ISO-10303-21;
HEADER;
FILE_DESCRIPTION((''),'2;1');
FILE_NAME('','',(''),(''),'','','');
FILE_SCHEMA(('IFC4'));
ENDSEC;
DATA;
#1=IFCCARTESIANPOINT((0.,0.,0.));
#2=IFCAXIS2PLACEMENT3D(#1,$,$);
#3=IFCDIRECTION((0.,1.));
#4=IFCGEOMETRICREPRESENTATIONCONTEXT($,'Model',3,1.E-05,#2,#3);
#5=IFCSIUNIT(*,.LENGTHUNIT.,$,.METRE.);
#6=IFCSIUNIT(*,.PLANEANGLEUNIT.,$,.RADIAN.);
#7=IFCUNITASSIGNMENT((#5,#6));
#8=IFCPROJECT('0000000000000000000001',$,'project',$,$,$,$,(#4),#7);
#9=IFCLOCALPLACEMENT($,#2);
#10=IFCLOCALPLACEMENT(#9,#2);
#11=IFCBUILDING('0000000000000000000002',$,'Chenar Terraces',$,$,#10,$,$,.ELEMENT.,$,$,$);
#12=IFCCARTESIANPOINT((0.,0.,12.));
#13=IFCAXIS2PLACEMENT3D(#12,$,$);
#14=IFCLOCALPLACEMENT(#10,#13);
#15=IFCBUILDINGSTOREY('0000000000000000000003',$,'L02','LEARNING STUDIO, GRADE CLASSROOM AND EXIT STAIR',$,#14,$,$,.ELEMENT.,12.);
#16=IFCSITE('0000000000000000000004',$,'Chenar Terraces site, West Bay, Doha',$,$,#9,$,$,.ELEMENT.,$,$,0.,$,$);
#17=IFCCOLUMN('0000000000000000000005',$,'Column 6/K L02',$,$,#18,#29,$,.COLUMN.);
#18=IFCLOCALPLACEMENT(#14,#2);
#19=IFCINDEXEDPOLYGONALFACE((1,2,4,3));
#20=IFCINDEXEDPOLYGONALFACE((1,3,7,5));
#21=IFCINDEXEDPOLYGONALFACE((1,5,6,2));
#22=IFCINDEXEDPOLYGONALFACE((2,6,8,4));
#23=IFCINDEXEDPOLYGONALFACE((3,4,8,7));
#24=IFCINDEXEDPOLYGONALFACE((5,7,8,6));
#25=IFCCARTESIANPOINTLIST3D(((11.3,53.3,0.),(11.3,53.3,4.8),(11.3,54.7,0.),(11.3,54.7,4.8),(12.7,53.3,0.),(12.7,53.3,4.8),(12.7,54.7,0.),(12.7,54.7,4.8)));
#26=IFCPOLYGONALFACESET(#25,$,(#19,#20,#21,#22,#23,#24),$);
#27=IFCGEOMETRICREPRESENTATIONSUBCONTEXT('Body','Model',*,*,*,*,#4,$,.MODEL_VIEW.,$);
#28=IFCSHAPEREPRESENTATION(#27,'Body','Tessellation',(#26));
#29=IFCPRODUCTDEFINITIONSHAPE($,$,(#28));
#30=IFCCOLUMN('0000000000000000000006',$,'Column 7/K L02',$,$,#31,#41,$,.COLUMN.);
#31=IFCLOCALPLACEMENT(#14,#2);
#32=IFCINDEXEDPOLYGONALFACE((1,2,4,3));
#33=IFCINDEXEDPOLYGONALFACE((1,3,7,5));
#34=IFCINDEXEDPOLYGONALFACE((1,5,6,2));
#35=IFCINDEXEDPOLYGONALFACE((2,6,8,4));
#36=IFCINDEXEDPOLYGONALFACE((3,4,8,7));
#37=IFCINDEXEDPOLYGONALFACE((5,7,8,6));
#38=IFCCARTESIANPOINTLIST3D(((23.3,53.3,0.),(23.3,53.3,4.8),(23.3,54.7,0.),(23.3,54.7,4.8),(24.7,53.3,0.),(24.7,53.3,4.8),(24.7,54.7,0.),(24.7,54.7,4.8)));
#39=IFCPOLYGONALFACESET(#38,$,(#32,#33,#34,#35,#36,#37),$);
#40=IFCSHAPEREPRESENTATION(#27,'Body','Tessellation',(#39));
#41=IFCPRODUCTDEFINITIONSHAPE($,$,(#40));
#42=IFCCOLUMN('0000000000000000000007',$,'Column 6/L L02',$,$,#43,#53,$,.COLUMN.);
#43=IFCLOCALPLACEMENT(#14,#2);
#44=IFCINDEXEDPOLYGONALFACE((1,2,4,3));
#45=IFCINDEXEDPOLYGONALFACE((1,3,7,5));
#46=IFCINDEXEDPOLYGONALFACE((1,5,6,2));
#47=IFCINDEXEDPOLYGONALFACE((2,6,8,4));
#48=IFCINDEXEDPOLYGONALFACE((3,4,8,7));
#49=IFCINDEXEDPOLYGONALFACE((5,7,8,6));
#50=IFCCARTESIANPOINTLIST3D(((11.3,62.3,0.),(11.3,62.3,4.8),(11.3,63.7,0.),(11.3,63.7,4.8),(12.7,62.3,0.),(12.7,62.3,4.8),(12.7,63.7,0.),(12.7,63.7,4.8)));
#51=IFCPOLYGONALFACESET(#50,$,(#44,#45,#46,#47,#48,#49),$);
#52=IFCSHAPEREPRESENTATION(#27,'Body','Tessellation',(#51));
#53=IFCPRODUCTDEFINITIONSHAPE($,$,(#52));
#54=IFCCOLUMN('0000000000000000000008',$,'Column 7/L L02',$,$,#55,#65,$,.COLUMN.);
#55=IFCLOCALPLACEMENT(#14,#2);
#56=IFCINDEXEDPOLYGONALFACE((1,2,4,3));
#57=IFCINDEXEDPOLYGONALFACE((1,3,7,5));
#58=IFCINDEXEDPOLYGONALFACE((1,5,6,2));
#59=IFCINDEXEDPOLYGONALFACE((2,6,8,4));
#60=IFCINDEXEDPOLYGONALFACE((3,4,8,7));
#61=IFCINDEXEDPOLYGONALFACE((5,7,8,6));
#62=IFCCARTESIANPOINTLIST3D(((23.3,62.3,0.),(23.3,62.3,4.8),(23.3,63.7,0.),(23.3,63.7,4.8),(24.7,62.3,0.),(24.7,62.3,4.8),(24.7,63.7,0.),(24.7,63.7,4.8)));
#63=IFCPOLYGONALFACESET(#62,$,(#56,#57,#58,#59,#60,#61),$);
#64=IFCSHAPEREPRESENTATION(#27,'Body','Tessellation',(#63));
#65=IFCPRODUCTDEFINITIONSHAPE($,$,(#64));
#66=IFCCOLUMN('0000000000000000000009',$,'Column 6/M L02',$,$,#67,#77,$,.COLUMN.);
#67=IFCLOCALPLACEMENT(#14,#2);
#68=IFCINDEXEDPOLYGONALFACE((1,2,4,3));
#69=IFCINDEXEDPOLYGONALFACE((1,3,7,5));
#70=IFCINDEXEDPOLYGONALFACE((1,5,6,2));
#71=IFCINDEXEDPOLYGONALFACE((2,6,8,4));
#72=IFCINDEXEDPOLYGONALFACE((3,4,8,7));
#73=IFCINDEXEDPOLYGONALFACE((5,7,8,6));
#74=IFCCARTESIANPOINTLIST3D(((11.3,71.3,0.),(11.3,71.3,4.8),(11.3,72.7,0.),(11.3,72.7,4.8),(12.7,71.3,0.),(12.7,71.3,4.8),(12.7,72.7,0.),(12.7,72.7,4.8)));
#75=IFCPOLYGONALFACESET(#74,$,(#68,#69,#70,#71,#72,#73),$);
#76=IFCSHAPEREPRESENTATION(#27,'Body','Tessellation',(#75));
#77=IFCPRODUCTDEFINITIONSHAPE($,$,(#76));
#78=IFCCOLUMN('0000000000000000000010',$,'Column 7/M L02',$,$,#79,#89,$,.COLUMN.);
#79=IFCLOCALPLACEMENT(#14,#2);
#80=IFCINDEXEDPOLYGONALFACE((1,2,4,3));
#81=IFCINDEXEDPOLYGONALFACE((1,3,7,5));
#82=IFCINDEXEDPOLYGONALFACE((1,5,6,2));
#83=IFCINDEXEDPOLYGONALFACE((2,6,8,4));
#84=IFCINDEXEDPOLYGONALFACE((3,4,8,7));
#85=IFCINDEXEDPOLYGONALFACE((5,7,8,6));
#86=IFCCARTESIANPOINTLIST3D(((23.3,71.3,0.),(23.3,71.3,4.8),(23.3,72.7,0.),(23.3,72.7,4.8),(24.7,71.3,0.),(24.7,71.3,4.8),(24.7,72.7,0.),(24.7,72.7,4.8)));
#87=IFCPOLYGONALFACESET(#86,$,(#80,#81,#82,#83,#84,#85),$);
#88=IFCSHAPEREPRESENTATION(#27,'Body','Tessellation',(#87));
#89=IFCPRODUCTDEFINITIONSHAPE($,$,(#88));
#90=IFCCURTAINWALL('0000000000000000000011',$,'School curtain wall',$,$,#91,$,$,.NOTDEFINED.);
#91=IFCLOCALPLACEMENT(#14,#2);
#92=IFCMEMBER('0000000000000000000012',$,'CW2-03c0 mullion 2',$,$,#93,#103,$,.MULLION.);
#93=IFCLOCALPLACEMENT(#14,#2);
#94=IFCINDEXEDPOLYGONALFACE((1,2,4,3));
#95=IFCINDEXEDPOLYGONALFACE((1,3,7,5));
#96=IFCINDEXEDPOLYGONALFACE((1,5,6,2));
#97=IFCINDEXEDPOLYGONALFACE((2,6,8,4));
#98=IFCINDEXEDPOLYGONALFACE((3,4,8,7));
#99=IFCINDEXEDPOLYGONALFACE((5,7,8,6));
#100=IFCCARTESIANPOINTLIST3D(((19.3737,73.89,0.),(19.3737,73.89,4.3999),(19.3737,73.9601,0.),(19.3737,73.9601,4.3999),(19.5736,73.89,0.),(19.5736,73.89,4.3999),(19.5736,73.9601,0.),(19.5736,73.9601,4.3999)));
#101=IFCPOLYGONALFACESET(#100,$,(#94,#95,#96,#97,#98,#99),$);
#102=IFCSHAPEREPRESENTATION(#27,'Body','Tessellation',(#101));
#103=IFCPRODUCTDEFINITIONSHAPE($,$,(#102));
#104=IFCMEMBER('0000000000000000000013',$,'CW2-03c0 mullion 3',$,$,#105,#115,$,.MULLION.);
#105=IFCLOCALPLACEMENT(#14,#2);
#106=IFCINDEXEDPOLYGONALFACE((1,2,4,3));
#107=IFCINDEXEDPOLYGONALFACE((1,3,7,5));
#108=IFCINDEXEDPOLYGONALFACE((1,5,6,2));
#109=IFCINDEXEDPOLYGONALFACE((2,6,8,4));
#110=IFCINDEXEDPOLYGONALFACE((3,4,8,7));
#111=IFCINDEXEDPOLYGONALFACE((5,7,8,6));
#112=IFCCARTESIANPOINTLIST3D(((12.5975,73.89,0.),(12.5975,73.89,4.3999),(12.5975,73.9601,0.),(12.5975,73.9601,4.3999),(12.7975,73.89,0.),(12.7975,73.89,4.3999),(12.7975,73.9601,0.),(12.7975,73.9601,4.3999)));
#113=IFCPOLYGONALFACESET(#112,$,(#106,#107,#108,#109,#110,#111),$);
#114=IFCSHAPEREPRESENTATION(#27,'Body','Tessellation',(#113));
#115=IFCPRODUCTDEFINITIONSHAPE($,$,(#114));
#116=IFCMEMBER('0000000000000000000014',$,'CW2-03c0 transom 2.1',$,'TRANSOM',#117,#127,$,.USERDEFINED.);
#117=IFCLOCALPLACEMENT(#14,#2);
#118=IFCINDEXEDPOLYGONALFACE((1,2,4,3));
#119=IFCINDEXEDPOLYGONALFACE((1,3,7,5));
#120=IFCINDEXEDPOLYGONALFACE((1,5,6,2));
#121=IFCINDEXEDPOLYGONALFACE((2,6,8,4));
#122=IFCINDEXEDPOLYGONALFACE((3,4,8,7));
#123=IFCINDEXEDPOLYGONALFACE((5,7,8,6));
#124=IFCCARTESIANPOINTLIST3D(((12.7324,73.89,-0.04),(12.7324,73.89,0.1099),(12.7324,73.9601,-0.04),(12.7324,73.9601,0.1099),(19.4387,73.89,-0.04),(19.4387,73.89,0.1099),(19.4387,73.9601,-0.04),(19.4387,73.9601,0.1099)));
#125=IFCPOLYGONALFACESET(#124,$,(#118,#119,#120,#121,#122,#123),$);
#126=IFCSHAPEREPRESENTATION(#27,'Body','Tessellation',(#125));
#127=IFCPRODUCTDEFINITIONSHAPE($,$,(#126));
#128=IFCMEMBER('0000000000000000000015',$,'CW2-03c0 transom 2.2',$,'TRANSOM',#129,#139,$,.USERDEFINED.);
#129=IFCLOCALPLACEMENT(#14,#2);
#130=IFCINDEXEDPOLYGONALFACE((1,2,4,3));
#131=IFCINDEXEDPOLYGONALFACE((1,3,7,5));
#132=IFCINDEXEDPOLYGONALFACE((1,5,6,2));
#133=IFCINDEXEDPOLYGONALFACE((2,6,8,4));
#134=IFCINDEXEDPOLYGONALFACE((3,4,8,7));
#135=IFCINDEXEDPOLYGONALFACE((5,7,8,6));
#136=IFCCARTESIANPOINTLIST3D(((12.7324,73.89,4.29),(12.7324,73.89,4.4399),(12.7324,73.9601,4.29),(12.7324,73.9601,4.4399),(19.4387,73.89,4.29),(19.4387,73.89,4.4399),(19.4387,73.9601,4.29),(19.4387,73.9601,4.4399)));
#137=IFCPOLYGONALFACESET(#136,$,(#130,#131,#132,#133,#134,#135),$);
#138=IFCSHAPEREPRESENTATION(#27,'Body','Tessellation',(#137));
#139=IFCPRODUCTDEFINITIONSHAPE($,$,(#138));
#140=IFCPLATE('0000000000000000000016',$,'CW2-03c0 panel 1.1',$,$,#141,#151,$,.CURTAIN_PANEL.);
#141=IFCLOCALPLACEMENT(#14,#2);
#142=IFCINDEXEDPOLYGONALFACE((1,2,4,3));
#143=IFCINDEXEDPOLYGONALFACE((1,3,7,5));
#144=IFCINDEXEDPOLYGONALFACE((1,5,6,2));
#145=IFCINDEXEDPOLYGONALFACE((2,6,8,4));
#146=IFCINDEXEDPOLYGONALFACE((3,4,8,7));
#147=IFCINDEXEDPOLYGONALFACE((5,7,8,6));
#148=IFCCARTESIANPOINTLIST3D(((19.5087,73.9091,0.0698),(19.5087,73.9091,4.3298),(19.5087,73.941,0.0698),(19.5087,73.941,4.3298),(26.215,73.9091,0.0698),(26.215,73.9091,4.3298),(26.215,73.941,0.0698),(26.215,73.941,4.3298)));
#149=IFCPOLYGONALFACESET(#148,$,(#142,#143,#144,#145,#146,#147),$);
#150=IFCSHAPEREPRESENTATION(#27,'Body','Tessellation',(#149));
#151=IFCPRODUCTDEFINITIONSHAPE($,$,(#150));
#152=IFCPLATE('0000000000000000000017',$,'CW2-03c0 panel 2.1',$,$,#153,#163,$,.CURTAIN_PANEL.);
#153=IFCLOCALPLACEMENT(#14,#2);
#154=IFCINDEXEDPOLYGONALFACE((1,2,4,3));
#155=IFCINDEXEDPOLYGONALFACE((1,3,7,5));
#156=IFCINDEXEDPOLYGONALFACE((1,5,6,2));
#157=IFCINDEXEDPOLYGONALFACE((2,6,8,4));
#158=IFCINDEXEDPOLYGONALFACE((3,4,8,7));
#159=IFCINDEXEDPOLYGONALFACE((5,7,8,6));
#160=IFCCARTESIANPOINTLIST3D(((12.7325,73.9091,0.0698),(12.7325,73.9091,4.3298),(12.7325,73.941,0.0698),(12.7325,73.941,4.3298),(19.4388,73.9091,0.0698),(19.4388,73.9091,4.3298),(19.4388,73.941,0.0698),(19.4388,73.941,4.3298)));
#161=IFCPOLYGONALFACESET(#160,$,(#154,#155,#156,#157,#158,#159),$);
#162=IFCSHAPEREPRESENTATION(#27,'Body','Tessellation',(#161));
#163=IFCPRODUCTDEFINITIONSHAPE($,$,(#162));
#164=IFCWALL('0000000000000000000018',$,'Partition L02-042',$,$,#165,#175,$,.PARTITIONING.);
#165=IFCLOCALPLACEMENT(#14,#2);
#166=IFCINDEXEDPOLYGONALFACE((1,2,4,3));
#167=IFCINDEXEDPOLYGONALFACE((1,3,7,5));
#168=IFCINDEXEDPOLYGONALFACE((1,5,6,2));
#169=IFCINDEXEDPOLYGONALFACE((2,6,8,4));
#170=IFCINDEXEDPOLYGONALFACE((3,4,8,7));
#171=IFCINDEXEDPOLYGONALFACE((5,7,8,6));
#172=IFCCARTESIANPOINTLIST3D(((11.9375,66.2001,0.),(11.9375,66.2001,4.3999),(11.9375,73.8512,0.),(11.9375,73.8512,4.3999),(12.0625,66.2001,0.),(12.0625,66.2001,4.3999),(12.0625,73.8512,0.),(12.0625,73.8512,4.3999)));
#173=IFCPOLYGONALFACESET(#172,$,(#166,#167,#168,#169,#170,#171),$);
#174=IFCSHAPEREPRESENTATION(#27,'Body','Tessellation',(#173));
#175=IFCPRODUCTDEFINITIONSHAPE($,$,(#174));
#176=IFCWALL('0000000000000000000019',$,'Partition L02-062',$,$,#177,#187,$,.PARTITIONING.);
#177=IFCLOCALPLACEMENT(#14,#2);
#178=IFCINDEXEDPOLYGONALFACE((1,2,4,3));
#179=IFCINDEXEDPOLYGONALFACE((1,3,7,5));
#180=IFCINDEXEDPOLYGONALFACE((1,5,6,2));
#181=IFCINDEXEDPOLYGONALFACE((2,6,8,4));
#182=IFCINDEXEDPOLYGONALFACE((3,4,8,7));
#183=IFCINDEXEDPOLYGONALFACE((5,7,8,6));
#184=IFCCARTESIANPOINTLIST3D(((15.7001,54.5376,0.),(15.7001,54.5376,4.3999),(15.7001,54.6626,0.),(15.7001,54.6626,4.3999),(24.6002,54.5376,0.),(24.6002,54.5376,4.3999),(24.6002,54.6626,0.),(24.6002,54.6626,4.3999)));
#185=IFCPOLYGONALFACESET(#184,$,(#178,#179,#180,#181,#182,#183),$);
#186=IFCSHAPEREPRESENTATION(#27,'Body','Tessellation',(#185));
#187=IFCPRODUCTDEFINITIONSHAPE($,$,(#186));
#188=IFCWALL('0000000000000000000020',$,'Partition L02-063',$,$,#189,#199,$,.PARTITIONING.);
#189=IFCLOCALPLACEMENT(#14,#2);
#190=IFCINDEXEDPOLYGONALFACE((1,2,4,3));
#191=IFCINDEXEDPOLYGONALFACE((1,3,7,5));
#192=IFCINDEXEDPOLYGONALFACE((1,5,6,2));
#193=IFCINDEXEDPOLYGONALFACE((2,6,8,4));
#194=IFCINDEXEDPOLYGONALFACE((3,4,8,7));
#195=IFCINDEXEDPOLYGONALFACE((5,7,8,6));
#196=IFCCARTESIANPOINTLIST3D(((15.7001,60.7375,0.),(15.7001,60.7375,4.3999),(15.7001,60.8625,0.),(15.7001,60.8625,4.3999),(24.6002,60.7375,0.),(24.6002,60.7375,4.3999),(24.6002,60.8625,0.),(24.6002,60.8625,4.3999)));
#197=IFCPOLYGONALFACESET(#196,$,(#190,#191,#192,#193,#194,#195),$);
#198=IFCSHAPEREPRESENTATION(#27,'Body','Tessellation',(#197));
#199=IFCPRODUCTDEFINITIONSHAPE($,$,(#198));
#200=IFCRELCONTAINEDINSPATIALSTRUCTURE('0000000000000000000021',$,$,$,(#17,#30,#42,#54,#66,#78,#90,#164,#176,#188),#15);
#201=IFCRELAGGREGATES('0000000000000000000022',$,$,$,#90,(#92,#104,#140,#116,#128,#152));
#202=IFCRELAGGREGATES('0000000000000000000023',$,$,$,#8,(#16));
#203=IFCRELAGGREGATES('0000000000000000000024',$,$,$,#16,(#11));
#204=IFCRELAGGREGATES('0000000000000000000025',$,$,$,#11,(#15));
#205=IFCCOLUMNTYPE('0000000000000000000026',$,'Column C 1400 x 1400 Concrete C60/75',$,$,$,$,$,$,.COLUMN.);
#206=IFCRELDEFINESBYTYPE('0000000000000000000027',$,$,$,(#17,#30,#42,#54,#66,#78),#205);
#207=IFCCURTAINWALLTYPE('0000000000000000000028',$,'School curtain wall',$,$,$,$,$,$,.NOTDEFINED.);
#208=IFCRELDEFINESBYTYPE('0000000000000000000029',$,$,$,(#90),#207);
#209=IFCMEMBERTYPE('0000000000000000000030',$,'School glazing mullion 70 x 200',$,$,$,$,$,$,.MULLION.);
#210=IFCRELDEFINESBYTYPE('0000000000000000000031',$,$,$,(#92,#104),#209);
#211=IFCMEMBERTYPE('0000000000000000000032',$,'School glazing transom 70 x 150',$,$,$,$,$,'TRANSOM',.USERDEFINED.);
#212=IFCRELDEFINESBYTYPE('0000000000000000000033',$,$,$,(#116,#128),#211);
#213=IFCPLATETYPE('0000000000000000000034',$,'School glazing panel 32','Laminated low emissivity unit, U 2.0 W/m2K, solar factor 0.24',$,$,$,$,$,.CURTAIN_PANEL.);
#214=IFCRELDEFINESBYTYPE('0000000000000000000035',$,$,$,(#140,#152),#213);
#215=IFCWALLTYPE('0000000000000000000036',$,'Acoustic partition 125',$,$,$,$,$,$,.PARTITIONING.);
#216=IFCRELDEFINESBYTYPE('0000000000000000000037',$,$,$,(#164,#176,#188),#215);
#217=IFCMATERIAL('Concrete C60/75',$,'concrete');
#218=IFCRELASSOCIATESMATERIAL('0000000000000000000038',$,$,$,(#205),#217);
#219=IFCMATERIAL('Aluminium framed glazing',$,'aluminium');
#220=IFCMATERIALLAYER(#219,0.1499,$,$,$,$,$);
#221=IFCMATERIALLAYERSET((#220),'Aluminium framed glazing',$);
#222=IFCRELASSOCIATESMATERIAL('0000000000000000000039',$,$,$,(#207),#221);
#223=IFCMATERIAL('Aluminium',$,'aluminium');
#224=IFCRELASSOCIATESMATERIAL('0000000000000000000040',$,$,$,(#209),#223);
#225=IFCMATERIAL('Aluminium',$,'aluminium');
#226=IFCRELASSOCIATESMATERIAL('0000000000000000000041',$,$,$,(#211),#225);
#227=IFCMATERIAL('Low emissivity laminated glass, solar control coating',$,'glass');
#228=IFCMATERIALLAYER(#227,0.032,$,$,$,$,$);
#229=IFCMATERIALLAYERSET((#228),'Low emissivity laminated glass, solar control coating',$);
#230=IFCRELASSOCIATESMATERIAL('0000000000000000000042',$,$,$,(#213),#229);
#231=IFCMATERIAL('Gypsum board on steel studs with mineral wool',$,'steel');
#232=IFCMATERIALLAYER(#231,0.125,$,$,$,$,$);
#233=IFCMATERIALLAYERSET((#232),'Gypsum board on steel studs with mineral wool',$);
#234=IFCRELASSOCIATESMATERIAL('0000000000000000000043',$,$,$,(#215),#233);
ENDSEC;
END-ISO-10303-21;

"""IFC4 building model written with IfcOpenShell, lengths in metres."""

from ifc_helpers import new_model, si_unit, direction, frame, frame_2d, origin, origin_2d, place, context, subcontext, project, spatial, rectangle, extrude, material, layer, layer_set, material_profile, profile_set, type_object, element, aggregate, save


model = new_model("IFC4")

# Units and contexts
model_context = context("Model", 3, precision=1e-05, world=origin(), true_north=direction((0.0, 1.0)))
body_context = subcontext(model_context, "Body", "Model", "MODEL_VIEW")
ifc_project = project(units=[si_unit("LENGTHUNIT", "METRE"), si_unit("PLANEANGLEUNIT", "RADIAN")], contexts=[model_context])

# Site, building, storey
site_placement = place(None, origin())
site = spatial("IfcSite", under=ifc_project, at=site_placement, Name="Chenar Terraces site, West Bay, Doha", CompositionType="ELEMENT", RefElevation=0.0)
building_placement = place(site_placement, origin())
building = spatial("IfcBuilding", under=site, at=building_placement, Name="Chenar Terraces", CompositionType="ELEMENT")
storey_placement = place(building_placement, frame((0.0, 0.0, 12.0)))
storey = spatial("IfcBuildingStorey", under=building, at=storey_placement, Name="L02", Description="LEARNING STUDIO, GRADE CLASSROOM AND EXIT STAIR", CompositionType="ELEMENT", Elevation=12.0)

# Columns
ifc_material_1 = material(Name="Concrete C60/75", Category="concrete")
ifc_material_profile_1 = material_profile(ifc_material_1, rectangle(XDim=1.3999, YDim=1.3999, at=origin_2d()), Name="C 1400 x 1400")
ifc_profile_set_1 = profile_set([ifc_material_profile_1], Name="Concrete C60/75")
column_type = type_object("IfcColumnType", Name="Column C 1400 x 1400 Concrete C60/75", PredefinedType="COLUMN", material=ifc_profile_set_1)
for number, where, z_axis, x_axis, name in (
    (1, (12.0, 54.0, 0.0), (0.0, 0.0, 1.0), (1.0, 0.0, 0.0), "Column 6/K L02"),
    (2, (24.0, 54.0, 0.0), (0.0, 0.0, 1.0), (1.0, 0.0, 0.0), "Column 7/K L02"),
    (3, (12.0, 63.0, 0.0), (0.0, 0.0, 1.0), (1.0, 0.0, 0.0), "Column 6/L L02"),
    (4, (24.0, 63.0, 0.0), (0.0, 0.0, 1.0), (1.0, 0.0, 0.0), "Column 7/L L02"),
    (5, (12.0, 72.0, 0.0), (0.0, 0.0, 1.0), (1.0, 0.0, 0.0), "Column 6/M L02"),
    (6, (24.0, 72.0, 0.0), (0.0, 0.0, 1.0), (1.0, 0.0, 0.0), "Column 7/M L02"),
):
    element("IfcColumn", number, at=place(storey_placement, frame(where, z_axis=z_axis, x_axis=x_axis)), inside=storey, type_object=column_type, Name=name, PredefinedType="COLUMN", context=body_context, shape_type="SweptSolid", body=[
        extrude(rectangle(XDim=1.3999, YDim=1.3999, at=origin_2d()), origin(), (0.0, 0.0, 1.0), 4.8),
    ])

# Curtain wall, members, plates
ifc_material_2 = material(Name="Aluminium framed glazing", Category="aluminium")
ifc_layer_1 = layer(ifc_material_2, 0.1499)
ifc_layer_set_1 = layer_set([ifc_layer_1], Name="Aluminium framed glazing")
curtain_wall_type = type_object("IfcCurtainWallType", Name="School curtain wall", PredefinedType="NOTDEFINED", material=ifc_layer_set_1)
curtain_wall_placement = place(storey_placement, origin())
curtain_wall = element("IfcCurtainWall", 7, at=curtain_wall_placement, inside=storey, type_object=curtain_wall_type, Name="School curtain wall", PredefinedType="NOTDEFINED")
ifc_material_3 = material(Name="Aluminium", Category="aluminium")
ifc_material_profile_2 = material_profile(ifc_material_3, rectangle(XDim=0.0701, YDim=0.2, at=origin_2d()), Name="School glazing mullion 70 x 200")
ifc_profile_set_2 = profile_set([ifc_material_profile_2], Name="Aluminium")
member_type_1 = type_object("IfcMemberType", Name="School glazing mullion 70 x 200", PredefinedType="MULLION", material=ifc_profile_set_2)
member_1_placement = place(storey_placement, frame((19.4736, 73.925, 0.0), z_axis=(0.0, 0.0, 1.0), x_axis=(0.0, -1.0, 0.0)))
member_1 = element("IfcMember", 8, at=member_1_placement, type_object=member_type_1, Name="CW2-03c0 mullion 2", PredefinedType="MULLION", context=body_context, shape_type="SweptSolid", body=[
    extrude(rectangle(XDim=0.0701, YDim=0.2, at=origin_2d()), origin(), (0.0, 0.0, 1.0), 4.3999),
])
member_2_placement = place(storey_placement, frame((12.6975, 73.925, 0.0), z_axis=(0.0, 0.0, 1.0), x_axis=(0.0, -1.0, 0.0)))
member_2 = element("IfcMember", 9, at=member_2_placement, type_object=member_type_1, Name="CW2-03c0 mullion 3", PredefinedType="MULLION", context=body_context, shape_type="SweptSolid", body=[
    extrude(rectangle(XDim=0.0701, YDim=0.2, at=origin_2d()), origin(), (0.0, 0.0, 1.0), 4.3999),
])
ifc_material_4 = material(Name="Aluminium", Category="aluminium")
ifc_material_profile_3 = material_profile(ifc_material_4, rectangle(XDim=0.0701, YDim=0.1499, at=origin_2d()), Name="School glazing transom 70 x 150")
ifc_profile_set_3 = profile_set([ifc_material_profile_3], Name="Aluminium")
member_type_2 = type_object("IfcMemberType", Name="School glazing transom 70 x 150", ElementType="TRANSOM", PredefinedType="USERDEFINED", material=ifc_profile_set_3)
member_3_placement = place(storey_placement, frame((19.4387, 73.925, 0.0349), z_axis=(-1.0, 0.0, 0.0), x_axis=(0.0, -1.0, 0.0)))
member_3 = element("IfcMember", 10, at=member_3_placement, type_object=member_type_2, Name="CW2-03c0 transom 2.1", ObjectType="TRANSOM", PredefinedType="USERDEFINED", context=body_context, shape_type="SweptSolid", body=[
    extrude(rectangle(XDim=0.0701, YDim=0.1499, at=origin_2d()), origin(), (0.0, 0.0, 1.0), 6.7063),
])
member_4_placement = place(storey_placement, frame((19.4387, 73.925, 4.365), z_axis=(-1.0, 0.0, 0.0), x_axis=(0.0, -1.0, 0.0)))
member_4 = element("IfcMember", 11, at=member_4_placement, type_object=member_type_2, Name="CW2-03c0 transom 2.2", ObjectType="TRANSOM", PredefinedType="USERDEFINED", context=body_context, shape_type="SweptSolid", body=[
    extrude(rectangle(XDim=0.0701, YDim=0.1499, at=origin_2d()), origin(), (0.0, 0.0, 1.0), 6.7063),
])
ifc_material_5 = material(Name="Low emissivity laminated glass, solar control coating", Category="glass")
ifc_layer_2 = layer(ifc_material_5, 0.032)
ifc_layer_set_2 = layer_set([ifc_layer_2], Name="Low emissivity laminated glass, solar control coating")
plate_type = type_object("IfcPlateType", Name="School glazing panel 32", Description="Laminated low emissivity unit, U 2.0 W/m2K, solar factor 0.24", PredefinedType="CURTAIN_PANEL", material=ifc_layer_set_2)
plate_1_placement = place(storey_placement, frame((22.8618, 73.925, 0.0698), z_axis=(0.0, 0.0, 1.0), x_axis=(-1.0, 0.0, 0.0)))
plate_1 = element("IfcPlate", 12, at=plate_1_placement, type_object=plate_type, Name="CW2-03c0 panel 1.1", PredefinedType="CURTAIN_PANEL", context=body_context, shape_type="SweptSolid", body=[
    extrude(rectangle(XDim=6.7063, YDim=0.032, at=origin_2d()), origin(), (0.0, 0.0, 1.0), 4.26),
])
plate_2_placement = place(storey_placement, frame((16.0857, 73.925, 0.0698), z_axis=(0.0, 0.0, 1.0), x_axis=(-1.0, 0.0, 0.0)))
plate_2 = element("IfcPlate", 13, at=plate_2_placement, type_object=plate_type, Name="CW2-03c0 panel 2.1", PredefinedType="CURTAIN_PANEL", context=body_context, shape_type="SweptSolid", body=[
    extrude(rectangle(XDim=6.7063, YDim=0.032, at=origin_2d()), origin(), (0.0, 0.0, 1.0), 4.26),
])
aggregate(curtain_wall, [member_1, member_2, plate_1, member_3, member_4, plate_2])

# Walls
ifc_material_6 = material(Name="Gypsum board on steel studs with mineral wool", Category="steel")
ifc_layer_3 = layer(ifc_material_6, 0.125)
ifc_layer_set_3 = layer_set([ifc_layer_3], Name="Gypsum board on steel studs with mineral wool")
wall_type_1 = type_object("IfcWallType", Name="Acoustic partition 125", PredefinedType="PARTITIONING", material=ifc_layer_set_3)
wall_1_placement = place(storey_placement, frame((12.0, 66.2, 0.0), z_axis=(0.0, 0.0, 1.0), x_axis=(0.0, 1.0, 0.0)))
element("IfcWall", 14, at=wall_1_placement, inside=storey, type_object=wall_type_1, Name="Partition L02-042", PredefinedType="PARTITIONING", context=body_context, shape_type="SweptSolid", body=[
    extrude(rectangle(XDim=7.6511, YDim=0.125, at=frame_2d((3.8257, 0.0))), origin(), (0.0, 0.0, 1.0), 4.3999),
])
for number, where, z_axis, x_axis, name in (
    (15, (15.7, 54.6001, 0.0), (0.0, 0.0, 1.0), (1.0, 0.0, 0.0), "Partition L02-062"),
    (16, (15.7, 60.8, 0.0), (0.0, 0.0, 1.0), (1.0, 0.0, 0.0), "Partition L02-063"),
):
    element("IfcWall", number, at=place(storey_placement, frame(where, z_axis=z_axis, x_axis=x_axis)), inside=storey, type_object=wall_type_1, Name=name, PredefinedType="PARTITIONING", context=body_context, shape_type="SweptSolid", body=[
        extrude(rectangle(XDim=8.9001, YDim=0.125, at=frame_2d((4.4502, 0.0))), origin(), (0.0, 0.0, 1.0), 4.3999),
    ])

save(model, "model.ifc")
